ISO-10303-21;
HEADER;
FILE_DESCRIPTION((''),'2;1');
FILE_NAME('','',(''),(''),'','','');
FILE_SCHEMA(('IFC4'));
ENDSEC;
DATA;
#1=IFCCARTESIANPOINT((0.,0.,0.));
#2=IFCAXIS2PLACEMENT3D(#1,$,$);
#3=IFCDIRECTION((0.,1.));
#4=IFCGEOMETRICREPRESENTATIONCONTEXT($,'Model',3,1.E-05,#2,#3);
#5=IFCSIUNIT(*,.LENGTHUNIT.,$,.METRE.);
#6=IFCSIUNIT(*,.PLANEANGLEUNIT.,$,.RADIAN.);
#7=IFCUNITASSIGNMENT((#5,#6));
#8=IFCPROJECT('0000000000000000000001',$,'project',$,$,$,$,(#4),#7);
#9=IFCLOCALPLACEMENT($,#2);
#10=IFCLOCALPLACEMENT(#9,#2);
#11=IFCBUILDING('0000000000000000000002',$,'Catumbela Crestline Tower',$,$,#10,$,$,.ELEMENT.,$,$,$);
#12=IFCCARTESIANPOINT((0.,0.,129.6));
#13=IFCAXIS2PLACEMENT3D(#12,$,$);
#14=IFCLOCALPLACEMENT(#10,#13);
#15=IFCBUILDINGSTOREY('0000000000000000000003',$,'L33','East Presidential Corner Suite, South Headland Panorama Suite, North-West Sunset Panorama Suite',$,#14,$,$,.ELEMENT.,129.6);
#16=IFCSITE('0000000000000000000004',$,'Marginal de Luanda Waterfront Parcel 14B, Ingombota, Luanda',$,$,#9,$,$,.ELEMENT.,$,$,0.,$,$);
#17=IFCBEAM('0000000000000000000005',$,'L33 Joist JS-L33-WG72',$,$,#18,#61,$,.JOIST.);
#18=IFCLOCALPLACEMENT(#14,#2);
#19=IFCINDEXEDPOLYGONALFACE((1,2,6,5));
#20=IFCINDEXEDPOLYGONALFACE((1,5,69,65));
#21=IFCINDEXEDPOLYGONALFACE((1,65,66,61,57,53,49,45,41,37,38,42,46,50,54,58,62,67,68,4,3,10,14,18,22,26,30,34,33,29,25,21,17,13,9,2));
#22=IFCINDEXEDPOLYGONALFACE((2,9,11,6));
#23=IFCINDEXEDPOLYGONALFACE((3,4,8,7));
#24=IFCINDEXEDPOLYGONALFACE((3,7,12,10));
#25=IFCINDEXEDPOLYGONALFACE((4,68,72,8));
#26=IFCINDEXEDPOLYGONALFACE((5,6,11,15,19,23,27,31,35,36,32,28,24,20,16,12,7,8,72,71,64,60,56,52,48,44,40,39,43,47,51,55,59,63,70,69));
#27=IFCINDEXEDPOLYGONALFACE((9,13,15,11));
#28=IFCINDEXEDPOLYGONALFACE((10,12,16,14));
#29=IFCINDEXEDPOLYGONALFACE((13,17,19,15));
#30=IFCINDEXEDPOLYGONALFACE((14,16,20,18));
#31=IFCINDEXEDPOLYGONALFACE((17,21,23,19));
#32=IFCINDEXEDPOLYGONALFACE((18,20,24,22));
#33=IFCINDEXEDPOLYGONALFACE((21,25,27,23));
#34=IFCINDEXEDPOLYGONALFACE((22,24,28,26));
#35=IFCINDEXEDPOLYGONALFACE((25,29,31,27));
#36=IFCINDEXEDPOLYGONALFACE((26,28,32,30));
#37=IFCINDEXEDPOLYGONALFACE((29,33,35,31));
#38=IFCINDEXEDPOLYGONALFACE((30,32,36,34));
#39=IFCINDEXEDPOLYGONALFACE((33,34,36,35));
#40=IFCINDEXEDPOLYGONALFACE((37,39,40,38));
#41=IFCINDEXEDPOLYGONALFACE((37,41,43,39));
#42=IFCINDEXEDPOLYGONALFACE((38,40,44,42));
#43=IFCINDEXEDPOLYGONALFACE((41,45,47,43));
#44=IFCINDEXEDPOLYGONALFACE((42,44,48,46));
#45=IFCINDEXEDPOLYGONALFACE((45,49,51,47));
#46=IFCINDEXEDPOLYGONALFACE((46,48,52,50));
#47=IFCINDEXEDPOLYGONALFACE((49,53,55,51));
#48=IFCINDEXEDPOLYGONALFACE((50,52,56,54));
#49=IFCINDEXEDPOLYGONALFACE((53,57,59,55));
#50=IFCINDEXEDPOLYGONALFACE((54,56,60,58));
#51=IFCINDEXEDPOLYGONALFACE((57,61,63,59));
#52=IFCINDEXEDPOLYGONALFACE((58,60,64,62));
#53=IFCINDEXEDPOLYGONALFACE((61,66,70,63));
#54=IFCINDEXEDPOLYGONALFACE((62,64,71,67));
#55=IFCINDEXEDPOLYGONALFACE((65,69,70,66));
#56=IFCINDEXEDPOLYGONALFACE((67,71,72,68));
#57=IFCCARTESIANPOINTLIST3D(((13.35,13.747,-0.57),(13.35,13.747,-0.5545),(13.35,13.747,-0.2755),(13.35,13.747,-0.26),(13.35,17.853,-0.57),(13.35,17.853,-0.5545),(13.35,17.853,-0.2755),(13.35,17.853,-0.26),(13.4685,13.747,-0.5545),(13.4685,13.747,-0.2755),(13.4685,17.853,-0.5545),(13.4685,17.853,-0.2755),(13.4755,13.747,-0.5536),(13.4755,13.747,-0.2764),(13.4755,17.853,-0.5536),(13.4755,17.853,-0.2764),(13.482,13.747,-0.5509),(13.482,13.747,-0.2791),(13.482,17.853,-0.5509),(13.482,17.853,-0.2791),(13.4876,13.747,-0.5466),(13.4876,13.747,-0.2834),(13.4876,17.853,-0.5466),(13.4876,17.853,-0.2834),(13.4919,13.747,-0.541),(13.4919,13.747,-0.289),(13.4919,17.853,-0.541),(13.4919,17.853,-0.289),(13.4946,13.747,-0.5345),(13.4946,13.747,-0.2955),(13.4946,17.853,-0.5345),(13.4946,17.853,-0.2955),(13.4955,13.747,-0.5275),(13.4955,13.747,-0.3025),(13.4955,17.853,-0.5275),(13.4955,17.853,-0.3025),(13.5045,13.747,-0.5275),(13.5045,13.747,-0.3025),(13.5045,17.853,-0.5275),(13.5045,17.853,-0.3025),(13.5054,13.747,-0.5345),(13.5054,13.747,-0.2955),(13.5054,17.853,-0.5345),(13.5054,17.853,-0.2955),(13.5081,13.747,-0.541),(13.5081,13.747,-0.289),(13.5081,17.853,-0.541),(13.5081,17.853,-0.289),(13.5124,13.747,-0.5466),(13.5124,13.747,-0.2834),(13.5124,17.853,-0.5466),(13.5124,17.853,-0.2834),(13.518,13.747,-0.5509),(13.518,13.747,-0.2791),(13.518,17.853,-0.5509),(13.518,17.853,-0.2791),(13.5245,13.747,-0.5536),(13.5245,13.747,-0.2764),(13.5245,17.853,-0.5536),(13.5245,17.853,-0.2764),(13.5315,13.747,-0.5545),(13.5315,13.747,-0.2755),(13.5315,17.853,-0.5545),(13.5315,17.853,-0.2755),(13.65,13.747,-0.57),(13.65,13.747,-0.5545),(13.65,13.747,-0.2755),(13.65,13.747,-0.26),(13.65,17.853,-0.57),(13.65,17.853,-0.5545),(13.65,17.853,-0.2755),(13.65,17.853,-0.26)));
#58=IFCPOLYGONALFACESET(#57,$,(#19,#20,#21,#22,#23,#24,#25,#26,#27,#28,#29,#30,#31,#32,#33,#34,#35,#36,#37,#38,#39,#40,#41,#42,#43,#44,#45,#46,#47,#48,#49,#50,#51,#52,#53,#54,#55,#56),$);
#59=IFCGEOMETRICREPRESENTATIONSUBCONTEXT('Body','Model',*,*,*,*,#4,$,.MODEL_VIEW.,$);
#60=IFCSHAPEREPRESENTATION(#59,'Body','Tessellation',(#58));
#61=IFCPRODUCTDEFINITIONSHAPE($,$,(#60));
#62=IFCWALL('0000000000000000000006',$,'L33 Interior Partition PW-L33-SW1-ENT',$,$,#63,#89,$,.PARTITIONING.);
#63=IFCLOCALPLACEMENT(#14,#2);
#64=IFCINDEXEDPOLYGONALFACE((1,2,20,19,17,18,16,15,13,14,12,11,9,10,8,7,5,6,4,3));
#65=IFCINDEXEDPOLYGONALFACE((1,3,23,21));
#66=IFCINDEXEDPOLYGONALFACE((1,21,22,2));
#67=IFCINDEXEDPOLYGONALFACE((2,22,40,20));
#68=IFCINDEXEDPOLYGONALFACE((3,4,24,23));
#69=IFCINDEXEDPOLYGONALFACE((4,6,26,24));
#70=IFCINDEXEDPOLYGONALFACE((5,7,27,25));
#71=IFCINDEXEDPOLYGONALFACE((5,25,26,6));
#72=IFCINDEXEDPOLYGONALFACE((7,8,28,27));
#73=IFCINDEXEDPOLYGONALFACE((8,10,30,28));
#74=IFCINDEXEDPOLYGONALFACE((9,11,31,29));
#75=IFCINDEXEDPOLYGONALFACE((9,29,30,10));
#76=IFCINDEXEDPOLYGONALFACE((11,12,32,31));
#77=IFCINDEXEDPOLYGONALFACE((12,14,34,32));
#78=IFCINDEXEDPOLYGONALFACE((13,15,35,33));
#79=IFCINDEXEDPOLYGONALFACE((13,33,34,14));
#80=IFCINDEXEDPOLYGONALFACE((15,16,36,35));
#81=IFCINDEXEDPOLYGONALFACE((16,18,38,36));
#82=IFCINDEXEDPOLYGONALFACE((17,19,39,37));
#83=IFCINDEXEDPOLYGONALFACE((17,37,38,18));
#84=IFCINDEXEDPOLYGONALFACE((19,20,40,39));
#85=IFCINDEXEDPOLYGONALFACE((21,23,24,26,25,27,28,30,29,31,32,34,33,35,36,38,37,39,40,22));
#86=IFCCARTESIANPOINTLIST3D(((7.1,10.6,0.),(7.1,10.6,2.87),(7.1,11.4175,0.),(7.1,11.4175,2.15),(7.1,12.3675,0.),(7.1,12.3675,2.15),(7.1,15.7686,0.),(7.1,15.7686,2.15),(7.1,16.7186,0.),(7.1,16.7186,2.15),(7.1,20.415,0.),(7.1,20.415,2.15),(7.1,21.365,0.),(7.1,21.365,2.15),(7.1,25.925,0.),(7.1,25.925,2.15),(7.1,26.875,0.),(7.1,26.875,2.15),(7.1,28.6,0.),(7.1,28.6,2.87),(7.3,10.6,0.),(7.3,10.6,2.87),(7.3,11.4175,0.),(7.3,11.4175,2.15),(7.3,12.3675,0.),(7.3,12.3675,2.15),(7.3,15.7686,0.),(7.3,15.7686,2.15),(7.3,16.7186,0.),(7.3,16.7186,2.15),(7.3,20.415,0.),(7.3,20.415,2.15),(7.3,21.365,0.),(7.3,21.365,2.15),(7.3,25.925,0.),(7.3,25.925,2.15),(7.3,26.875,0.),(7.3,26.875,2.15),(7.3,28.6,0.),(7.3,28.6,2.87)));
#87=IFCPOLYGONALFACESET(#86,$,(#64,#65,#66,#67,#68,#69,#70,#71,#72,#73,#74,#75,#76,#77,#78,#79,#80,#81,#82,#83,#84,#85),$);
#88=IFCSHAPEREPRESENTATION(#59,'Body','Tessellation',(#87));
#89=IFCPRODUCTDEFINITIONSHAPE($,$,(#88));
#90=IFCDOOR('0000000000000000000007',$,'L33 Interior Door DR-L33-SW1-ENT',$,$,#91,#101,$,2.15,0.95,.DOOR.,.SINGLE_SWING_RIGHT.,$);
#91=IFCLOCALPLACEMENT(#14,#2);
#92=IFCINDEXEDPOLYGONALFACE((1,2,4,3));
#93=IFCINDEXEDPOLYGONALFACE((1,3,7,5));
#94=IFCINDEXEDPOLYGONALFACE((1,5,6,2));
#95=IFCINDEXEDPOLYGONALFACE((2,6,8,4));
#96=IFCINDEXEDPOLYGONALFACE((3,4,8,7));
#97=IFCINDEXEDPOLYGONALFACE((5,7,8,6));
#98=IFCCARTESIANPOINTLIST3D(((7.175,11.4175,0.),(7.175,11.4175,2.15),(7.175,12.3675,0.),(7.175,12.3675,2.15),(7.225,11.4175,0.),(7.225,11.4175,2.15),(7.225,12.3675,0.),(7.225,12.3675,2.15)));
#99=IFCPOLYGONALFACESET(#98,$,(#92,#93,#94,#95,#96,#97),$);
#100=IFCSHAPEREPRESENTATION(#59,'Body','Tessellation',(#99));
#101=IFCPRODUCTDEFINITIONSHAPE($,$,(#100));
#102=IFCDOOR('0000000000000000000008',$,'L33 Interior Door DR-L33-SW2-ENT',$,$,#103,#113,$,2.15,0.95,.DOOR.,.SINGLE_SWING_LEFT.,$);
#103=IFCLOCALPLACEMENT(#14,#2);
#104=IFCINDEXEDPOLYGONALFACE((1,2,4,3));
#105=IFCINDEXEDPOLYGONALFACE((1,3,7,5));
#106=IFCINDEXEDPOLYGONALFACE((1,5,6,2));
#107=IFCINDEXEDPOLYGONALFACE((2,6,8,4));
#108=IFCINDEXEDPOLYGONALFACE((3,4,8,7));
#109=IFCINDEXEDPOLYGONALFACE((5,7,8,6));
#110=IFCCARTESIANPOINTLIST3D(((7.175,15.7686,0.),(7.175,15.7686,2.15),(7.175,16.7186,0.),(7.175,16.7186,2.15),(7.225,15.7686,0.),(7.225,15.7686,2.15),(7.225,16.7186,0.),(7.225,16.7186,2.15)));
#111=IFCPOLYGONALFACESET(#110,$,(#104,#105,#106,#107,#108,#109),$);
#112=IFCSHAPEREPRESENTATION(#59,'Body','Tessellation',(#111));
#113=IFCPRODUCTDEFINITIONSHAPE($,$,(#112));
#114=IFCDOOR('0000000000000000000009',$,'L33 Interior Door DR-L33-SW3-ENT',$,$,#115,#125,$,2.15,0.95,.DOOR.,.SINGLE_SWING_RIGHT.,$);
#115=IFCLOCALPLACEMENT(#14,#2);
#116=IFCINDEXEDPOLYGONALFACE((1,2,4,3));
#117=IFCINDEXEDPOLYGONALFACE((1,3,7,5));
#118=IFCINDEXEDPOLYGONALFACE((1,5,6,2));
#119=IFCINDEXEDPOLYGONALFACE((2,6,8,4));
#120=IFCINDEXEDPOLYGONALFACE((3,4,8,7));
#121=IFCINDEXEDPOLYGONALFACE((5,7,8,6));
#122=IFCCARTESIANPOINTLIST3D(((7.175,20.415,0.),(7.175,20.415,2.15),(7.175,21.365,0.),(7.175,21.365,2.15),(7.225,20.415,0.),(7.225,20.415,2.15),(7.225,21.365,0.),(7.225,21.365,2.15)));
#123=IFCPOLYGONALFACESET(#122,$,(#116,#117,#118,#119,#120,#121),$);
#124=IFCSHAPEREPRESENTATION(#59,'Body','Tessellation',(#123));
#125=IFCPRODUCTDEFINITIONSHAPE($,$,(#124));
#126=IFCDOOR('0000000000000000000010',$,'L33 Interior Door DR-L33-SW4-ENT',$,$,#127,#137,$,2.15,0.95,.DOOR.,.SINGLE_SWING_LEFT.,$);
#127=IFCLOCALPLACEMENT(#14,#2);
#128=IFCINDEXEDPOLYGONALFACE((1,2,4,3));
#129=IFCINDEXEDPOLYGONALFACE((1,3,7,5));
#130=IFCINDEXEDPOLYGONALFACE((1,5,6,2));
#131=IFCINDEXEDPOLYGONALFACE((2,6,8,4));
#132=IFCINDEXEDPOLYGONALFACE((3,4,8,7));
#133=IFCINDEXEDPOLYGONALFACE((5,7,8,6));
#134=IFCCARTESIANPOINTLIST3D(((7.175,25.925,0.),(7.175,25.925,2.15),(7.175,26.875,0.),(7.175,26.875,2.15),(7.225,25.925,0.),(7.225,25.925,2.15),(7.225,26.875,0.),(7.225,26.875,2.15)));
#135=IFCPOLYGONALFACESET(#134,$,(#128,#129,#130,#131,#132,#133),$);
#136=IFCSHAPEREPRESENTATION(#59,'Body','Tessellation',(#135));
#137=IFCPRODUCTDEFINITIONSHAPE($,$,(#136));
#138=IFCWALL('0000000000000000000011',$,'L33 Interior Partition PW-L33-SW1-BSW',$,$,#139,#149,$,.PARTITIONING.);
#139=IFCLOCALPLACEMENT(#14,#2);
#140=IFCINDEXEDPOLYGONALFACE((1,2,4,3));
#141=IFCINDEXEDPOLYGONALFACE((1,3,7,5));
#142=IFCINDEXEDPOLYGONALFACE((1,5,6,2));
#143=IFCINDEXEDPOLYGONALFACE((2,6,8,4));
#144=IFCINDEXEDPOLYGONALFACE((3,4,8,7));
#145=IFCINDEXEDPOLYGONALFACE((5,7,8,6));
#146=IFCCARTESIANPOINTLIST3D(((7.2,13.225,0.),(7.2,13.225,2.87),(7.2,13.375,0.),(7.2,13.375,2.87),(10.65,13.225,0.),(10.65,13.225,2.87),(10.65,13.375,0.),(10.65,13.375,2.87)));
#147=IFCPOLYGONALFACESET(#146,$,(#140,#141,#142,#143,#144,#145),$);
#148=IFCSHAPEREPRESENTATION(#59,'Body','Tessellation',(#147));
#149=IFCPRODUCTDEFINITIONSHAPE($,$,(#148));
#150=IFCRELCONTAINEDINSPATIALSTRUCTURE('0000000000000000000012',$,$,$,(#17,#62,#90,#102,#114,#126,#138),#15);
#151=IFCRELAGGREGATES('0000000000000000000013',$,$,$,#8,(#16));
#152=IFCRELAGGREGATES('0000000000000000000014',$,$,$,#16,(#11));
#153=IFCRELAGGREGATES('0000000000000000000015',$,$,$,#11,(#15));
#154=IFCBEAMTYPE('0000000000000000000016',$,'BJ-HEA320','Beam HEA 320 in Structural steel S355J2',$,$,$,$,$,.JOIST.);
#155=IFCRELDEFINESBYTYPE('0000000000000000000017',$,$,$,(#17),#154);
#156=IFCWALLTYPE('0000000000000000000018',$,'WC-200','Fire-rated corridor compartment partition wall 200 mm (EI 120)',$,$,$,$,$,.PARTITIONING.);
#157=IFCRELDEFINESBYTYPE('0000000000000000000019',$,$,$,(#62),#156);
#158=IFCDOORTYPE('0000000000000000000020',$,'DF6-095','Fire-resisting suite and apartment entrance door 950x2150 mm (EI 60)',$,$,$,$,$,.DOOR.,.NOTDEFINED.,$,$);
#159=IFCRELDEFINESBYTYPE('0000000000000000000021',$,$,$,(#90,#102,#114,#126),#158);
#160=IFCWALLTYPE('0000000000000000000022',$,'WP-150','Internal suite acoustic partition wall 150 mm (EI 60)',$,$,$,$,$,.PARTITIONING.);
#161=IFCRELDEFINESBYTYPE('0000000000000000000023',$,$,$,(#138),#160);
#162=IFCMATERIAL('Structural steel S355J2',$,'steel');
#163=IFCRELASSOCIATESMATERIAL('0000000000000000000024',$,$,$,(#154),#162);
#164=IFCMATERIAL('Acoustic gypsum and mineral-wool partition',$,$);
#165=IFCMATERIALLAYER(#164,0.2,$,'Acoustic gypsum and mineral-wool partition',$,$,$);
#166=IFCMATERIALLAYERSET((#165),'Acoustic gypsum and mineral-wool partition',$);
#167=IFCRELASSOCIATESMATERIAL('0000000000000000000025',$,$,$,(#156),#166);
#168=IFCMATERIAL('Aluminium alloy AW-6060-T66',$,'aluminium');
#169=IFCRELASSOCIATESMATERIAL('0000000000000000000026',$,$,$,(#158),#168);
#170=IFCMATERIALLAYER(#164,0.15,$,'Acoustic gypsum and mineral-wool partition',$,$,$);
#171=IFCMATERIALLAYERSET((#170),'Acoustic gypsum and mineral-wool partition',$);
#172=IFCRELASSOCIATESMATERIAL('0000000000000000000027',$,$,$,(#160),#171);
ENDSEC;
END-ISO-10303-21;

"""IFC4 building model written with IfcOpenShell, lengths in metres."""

from ifc_helpers import new_model, si_unit, direction, frame, frame_2d, origin, origin_2d, place, context, subcontext, project, spatial, rectangle, i_section, extrude, material, layer, layer_set, material_profile, profile_set, type_object, element, fill, save


model = new_model("IFC4")

# Units and contexts
model_context = context("Model", 3, precision=1e-05, world=origin(), true_north=direction((0.0, 1.0)))
body_context = subcontext(model_context, "Body", "Model", "MODEL_VIEW")
ifc_project = project(units=[si_unit("LENGTHUNIT", "METRE"), si_unit("PLANEANGLEUNIT", "RADIAN")], contexts=[model_context])

# Site, building, storey
site_placement = place(None, origin())
site = spatial("IfcSite", under=ifc_project, at=site_placement, Name="Marginal de Luanda Waterfront Parcel 14B, Ingombota, Luanda", CompositionType="ELEMENT", RefElevation=0.0)
building_placement = place(site_placement, origin())
building = spatial("IfcBuilding", under=site, at=building_placement, Name="Catumbela Crestline Tower", CompositionType="ELEMENT")
storey_placement = place(building_placement, frame((0.0, 0.0, 129.6)))
storey = spatial("IfcBuildingStorey", under=building, at=storey_placement, Name="L33", Description="East Presidential Corner Suite, South Headland Panorama Suite, North-West Sunset Panorama Suite", CompositionType="ELEMENT", Elevation=129.6)

# Beam
ifc_material_1 = material(Name="Structural steel S355J2", Category="steel")
ifc_material_profile_1 = material_profile(ifc_material_1, i_section(OverallWidth=0.3, OverallDepth=0.31, WebThickness=0.009, FlangeThickness=0.0155, FilletRadius=0.027, at=origin_2d()), Name="HEA 320")
ifc_profile_set_1 = profile_set([ifc_material_profile_1], Name="Structural steel S355J2")
beam_type_1 = type_object("IfcBeamType", Name="BJ-HEA320", Description="Beam HEA 320 in Structural steel S355J2", PredefinedType="JOIST", material=ifc_profile_set_1)
for number, where, z_axis, x_axis, name in (
    (1, (13.5, 13.747, -0.415), (0.0, 1.0, 0.0), (-1.0, 0.0, 0.0), "L33 Joist JS-L33-WG72"),
):
    element("IfcBeam", number, at=place(storey_placement, frame(where, z_axis=z_axis, x_axis=x_axis)), inside=storey, type_object=beam_type_1, Name=name, PredefinedType="JOIST", context=body_context, shape_type="SweptSolid", body=[
        extrude(i_section(OverallWidth=0.3, OverallDepth=0.31, WebThickness=0.009, FlangeThickness=0.0155, FilletRadius=0.027, at=origin_2d()), origin(), (0.0, 0.0, 1.0), 4.106),
    ])

# Wall, openings, doors
ifc_material_2 = material(Name="Acoustic gypsum and mineral-wool partition")
ifc_layer_1 = layer(ifc_material_2, 0.2, Name="Acoustic gypsum and mineral-wool partition")
ifc_layer_set_1 = layer_set([ifc_layer_1], Name="Acoustic gypsum and mineral-wool partition")
wall_type_1 = type_object("IfcWallType", Name="WC-200", Description="Fire-rated corridor compartment partition wall 200 mm (EI 120)", PredefinedType="PARTITIONING", material=ifc_layer_set_1)
wall_1_placement = place(storey_placement, frame((7.2, 10.6, 0.0), z_axis=(0.0, 0.0, 1.0), x_axis=(0.0, 1.0, 0.0)))
wall_1 = element("IfcWall", 2, at=wall_1_placement, inside=storey, type_object=wall_type_1, Name="L33 Interior Partition PW-L33-SW1-ENT", PredefinedType="PARTITIONING", context=body_context, shape_type="SweptSolid", body=[
    extrude(rectangle(XDim=18.0, YDim=0.2, at=frame_2d((9.0, 0.0))), origin(), (0.0, 0.0, 1.0), 2.87),
])
opening_1_placement = place(wall_1_placement, frame((0.8175, 0.0, 0.0)))
opening_1 = element("IfcOpeningElement", 3, at=opening_1_placement, cuts=wall_1, PredefinedType="OPENING", context=body_context, shape_type="SweptSolid", body=[
    extrude(rectangle(XDim=0.95, YDim=2.15, at=frame_2d((0.475, 1.075))), frame((0.0, 0.11, 0.0), z_axis=(0.0, -1.0, 0.0), x_axis=(1.0, 0.0, 0.0)), (0.0, 0.0, 1.0), 0.22),
])
opening_2_placement = place(wall_1_placement, frame((5.1686, 0.0, 0.0)))
opening_2 = element("IfcOpeningElement", 4, at=opening_2_placement, cuts=wall_1, PredefinedType="OPENING", context=body_context, shape_type="SweptSolid", body=[
    extrude(rectangle(XDim=0.95, YDim=2.15, at=frame_2d((0.475, 1.075))), frame((0.0, 0.11, 0.0), z_axis=(0.0, -1.0, 0.0), x_axis=(1.0, 0.0, 0.0)), (0.0, 0.0, 1.0), 0.22),
])
opening_3_placement = place(wall_1_placement, frame((9.815, 0.0, 0.0)))
opening_3 = element("IfcOpeningElement", 5, at=opening_3_placement, cuts=wall_1, PredefinedType="OPENING", context=body_context, shape_type="SweptSolid", body=[
    extrude(rectangle(XDim=0.95, YDim=2.15, at=frame_2d((0.475, 1.075))), frame((0.0, 0.11, 0.0), z_axis=(0.0, -1.0, 0.0), x_axis=(1.0, 0.0, 0.0)), (0.0, 0.0, 1.0), 0.22),
])
opening_4_placement = place(wall_1_placement, frame((15.325, 0.0, 0.0)))
opening_4 = element("IfcOpeningElement", 6, at=opening_4_placement, cuts=wall_1, PredefinedType="OPENING", context=body_context, shape_type="SweptSolid", body=[
    extrude(rectangle(XDim=0.95, YDim=2.15, at=frame_2d((0.475, 1.075))), frame((0.0, 0.11, 0.0), z_axis=(0.0, -1.0, 0.0), x_axis=(1.0, 0.0, 0.0)), (0.0, 0.0, 1.0), 0.22),
])
ifc_material_3 = material(Name="Aluminium alloy AW-6060-T66", Category="aluminium")
door_type_1 = type_object("IfcDoorType", Name="DF6-095", Description="Fire-resisting suite and apartment entrance door 950x2150 mm (EI 60)", OperationType="NOTDEFINED", PredefinedType="DOOR", material=ifc_material_3)
door_1_placement = place(opening_1_placement, origin())
door_1 = element("IfcDoor", 7, at=door_1_placement, inside=storey, type_object=door_type_1, Name="L33 Interior Door DR-L33-SW1-ENT", OperationType="SINGLE_SWING_RIGHT", OverallHeight=2.15, OverallWidth=0.95, PredefinedType="DOOR", context=body_context, shape_type="SweptSolid", body=[
    extrude(rectangle(XDim=0.95, YDim=2.15, at=frame_2d((0.475, 1.075))), frame((0.0, 0.025, 0.0), z_axis=(0.0, -1.0, 0.0), x_axis=(1.0, 0.0, 0.0)), (0.0, 0.0, 1.0), 0.05),
])
fill(opening_1, door_1)
door_2_placement = place(opening_2_placement, origin())
door_2 = element("IfcDoor", 8, at=door_2_placement, inside=storey, type_object=door_type_1, Name="L33 Interior Door DR-L33-SW2-ENT", OperationType="SINGLE_SWING_LEFT", OverallHeight=2.15, OverallWidth=0.95, PredefinedType="DOOR", context=body_context, shape_type="SweptSolid", body=[
    extrude(rectangle(XDim=0.95, YDim=2.15, at=frame_2d((0.475, 1.075))), frame((0.0, 0.025, 0.0), z_axis=(0.0, -1.0, 0.0), x_axis=(1.0, 0.0, 0.0)), (0.0, 0.0, 1.0), 0.05),
])
fill(opening_2, door_2)
door_3_placement = place(opening_3_placement, origin())
door_3 = element("IfcDoor", 9, at=door_3_placement, inside=storey, type_object=door_type_1, Name="L33 Interior Door DR-L33-SW3-ENT", OperationType="SINGLE_SWING_RIGHT", OverallHeight=2.15, OverallWidth=0.95, PredefinedType="DOOR", context=body_context, shape_type="SweptSolid", body=[
    extrude(rectangle(XDim=0.95, YDim=2.15, at=frame_2d((0.475, 1.075))), frame((0.0, 0.025, 0.0), z_axis=(0.0, -1.0, 0.0), x_axis=(1.0, 0.0, 0.0)), (0.0, 0.0, 1.0), 0.05),
])
fill(opening_3, door_3)
door_4_placement = place(opening_4_placement, origin())
door_4 = element("IfcDoor", 10, at=door_4_placement, inside=storey, type_object=door_type_1, Name="L33 Interior Door DR-L33-SW4-ENT", OperationType="SINGLE_SWING_LEFT", OverallHeight=2.15, OverallWidth=0.95, PredefinedType="DOOR", context=body_context, shape_type="SweptSolid", body=[
    extrude(rectangle(XDim=0.95, YDim=2.15, at=frame_2d((0.475, 1.075))), frame((0.0, 0.025, 0.0), z_axis=(0.0, -1.0, 0.0), x_axis=(1.0, 0.0, 0.0)), (0.0, 0.0, 1.0), 0.05),
])
fill(opening_4, door_4)

# Wall
ifc_layer_2 = layer(ifc_material_2, 0.15, Name="Acoustic gypsum and mineral-wool partition")
ifc_layer_set_2 = layer_set([ifc_layer_2], Name="Acoustic gypsum and mineral-wool partition")
wall_type_2 = type_object("IfcWallType", Name="WP-150", Description="Internal suite acoustic partition wall 150 mm (EI 60)", PredefinedType="PARTITIONING", material=ifc_layer_set_2)
wall_2_placement = place(storey_placement, frame((7.2, 13.3, 0.0), z_axis=(0.0, 0.0, 1.0), x_axis=(1.0, 0.0, 0.0)))
element("IfcWall", 11, at=wall_2_placement, inside=storey, type_object=wall_type_2, Name="L33 Interior Partition PW-L33-SW1-BSW", PredefinedType="PARTITIONING", context=body_context, shape_type="SweptSolid", body=[
    extrude(rectangle(XDim=3.45, YDim=0.15, at=frame_2d((1.725, 0.0))), origin(), (0.0, 0.0, 1.0), 2.87),
])

save(model, "model.ifc")
